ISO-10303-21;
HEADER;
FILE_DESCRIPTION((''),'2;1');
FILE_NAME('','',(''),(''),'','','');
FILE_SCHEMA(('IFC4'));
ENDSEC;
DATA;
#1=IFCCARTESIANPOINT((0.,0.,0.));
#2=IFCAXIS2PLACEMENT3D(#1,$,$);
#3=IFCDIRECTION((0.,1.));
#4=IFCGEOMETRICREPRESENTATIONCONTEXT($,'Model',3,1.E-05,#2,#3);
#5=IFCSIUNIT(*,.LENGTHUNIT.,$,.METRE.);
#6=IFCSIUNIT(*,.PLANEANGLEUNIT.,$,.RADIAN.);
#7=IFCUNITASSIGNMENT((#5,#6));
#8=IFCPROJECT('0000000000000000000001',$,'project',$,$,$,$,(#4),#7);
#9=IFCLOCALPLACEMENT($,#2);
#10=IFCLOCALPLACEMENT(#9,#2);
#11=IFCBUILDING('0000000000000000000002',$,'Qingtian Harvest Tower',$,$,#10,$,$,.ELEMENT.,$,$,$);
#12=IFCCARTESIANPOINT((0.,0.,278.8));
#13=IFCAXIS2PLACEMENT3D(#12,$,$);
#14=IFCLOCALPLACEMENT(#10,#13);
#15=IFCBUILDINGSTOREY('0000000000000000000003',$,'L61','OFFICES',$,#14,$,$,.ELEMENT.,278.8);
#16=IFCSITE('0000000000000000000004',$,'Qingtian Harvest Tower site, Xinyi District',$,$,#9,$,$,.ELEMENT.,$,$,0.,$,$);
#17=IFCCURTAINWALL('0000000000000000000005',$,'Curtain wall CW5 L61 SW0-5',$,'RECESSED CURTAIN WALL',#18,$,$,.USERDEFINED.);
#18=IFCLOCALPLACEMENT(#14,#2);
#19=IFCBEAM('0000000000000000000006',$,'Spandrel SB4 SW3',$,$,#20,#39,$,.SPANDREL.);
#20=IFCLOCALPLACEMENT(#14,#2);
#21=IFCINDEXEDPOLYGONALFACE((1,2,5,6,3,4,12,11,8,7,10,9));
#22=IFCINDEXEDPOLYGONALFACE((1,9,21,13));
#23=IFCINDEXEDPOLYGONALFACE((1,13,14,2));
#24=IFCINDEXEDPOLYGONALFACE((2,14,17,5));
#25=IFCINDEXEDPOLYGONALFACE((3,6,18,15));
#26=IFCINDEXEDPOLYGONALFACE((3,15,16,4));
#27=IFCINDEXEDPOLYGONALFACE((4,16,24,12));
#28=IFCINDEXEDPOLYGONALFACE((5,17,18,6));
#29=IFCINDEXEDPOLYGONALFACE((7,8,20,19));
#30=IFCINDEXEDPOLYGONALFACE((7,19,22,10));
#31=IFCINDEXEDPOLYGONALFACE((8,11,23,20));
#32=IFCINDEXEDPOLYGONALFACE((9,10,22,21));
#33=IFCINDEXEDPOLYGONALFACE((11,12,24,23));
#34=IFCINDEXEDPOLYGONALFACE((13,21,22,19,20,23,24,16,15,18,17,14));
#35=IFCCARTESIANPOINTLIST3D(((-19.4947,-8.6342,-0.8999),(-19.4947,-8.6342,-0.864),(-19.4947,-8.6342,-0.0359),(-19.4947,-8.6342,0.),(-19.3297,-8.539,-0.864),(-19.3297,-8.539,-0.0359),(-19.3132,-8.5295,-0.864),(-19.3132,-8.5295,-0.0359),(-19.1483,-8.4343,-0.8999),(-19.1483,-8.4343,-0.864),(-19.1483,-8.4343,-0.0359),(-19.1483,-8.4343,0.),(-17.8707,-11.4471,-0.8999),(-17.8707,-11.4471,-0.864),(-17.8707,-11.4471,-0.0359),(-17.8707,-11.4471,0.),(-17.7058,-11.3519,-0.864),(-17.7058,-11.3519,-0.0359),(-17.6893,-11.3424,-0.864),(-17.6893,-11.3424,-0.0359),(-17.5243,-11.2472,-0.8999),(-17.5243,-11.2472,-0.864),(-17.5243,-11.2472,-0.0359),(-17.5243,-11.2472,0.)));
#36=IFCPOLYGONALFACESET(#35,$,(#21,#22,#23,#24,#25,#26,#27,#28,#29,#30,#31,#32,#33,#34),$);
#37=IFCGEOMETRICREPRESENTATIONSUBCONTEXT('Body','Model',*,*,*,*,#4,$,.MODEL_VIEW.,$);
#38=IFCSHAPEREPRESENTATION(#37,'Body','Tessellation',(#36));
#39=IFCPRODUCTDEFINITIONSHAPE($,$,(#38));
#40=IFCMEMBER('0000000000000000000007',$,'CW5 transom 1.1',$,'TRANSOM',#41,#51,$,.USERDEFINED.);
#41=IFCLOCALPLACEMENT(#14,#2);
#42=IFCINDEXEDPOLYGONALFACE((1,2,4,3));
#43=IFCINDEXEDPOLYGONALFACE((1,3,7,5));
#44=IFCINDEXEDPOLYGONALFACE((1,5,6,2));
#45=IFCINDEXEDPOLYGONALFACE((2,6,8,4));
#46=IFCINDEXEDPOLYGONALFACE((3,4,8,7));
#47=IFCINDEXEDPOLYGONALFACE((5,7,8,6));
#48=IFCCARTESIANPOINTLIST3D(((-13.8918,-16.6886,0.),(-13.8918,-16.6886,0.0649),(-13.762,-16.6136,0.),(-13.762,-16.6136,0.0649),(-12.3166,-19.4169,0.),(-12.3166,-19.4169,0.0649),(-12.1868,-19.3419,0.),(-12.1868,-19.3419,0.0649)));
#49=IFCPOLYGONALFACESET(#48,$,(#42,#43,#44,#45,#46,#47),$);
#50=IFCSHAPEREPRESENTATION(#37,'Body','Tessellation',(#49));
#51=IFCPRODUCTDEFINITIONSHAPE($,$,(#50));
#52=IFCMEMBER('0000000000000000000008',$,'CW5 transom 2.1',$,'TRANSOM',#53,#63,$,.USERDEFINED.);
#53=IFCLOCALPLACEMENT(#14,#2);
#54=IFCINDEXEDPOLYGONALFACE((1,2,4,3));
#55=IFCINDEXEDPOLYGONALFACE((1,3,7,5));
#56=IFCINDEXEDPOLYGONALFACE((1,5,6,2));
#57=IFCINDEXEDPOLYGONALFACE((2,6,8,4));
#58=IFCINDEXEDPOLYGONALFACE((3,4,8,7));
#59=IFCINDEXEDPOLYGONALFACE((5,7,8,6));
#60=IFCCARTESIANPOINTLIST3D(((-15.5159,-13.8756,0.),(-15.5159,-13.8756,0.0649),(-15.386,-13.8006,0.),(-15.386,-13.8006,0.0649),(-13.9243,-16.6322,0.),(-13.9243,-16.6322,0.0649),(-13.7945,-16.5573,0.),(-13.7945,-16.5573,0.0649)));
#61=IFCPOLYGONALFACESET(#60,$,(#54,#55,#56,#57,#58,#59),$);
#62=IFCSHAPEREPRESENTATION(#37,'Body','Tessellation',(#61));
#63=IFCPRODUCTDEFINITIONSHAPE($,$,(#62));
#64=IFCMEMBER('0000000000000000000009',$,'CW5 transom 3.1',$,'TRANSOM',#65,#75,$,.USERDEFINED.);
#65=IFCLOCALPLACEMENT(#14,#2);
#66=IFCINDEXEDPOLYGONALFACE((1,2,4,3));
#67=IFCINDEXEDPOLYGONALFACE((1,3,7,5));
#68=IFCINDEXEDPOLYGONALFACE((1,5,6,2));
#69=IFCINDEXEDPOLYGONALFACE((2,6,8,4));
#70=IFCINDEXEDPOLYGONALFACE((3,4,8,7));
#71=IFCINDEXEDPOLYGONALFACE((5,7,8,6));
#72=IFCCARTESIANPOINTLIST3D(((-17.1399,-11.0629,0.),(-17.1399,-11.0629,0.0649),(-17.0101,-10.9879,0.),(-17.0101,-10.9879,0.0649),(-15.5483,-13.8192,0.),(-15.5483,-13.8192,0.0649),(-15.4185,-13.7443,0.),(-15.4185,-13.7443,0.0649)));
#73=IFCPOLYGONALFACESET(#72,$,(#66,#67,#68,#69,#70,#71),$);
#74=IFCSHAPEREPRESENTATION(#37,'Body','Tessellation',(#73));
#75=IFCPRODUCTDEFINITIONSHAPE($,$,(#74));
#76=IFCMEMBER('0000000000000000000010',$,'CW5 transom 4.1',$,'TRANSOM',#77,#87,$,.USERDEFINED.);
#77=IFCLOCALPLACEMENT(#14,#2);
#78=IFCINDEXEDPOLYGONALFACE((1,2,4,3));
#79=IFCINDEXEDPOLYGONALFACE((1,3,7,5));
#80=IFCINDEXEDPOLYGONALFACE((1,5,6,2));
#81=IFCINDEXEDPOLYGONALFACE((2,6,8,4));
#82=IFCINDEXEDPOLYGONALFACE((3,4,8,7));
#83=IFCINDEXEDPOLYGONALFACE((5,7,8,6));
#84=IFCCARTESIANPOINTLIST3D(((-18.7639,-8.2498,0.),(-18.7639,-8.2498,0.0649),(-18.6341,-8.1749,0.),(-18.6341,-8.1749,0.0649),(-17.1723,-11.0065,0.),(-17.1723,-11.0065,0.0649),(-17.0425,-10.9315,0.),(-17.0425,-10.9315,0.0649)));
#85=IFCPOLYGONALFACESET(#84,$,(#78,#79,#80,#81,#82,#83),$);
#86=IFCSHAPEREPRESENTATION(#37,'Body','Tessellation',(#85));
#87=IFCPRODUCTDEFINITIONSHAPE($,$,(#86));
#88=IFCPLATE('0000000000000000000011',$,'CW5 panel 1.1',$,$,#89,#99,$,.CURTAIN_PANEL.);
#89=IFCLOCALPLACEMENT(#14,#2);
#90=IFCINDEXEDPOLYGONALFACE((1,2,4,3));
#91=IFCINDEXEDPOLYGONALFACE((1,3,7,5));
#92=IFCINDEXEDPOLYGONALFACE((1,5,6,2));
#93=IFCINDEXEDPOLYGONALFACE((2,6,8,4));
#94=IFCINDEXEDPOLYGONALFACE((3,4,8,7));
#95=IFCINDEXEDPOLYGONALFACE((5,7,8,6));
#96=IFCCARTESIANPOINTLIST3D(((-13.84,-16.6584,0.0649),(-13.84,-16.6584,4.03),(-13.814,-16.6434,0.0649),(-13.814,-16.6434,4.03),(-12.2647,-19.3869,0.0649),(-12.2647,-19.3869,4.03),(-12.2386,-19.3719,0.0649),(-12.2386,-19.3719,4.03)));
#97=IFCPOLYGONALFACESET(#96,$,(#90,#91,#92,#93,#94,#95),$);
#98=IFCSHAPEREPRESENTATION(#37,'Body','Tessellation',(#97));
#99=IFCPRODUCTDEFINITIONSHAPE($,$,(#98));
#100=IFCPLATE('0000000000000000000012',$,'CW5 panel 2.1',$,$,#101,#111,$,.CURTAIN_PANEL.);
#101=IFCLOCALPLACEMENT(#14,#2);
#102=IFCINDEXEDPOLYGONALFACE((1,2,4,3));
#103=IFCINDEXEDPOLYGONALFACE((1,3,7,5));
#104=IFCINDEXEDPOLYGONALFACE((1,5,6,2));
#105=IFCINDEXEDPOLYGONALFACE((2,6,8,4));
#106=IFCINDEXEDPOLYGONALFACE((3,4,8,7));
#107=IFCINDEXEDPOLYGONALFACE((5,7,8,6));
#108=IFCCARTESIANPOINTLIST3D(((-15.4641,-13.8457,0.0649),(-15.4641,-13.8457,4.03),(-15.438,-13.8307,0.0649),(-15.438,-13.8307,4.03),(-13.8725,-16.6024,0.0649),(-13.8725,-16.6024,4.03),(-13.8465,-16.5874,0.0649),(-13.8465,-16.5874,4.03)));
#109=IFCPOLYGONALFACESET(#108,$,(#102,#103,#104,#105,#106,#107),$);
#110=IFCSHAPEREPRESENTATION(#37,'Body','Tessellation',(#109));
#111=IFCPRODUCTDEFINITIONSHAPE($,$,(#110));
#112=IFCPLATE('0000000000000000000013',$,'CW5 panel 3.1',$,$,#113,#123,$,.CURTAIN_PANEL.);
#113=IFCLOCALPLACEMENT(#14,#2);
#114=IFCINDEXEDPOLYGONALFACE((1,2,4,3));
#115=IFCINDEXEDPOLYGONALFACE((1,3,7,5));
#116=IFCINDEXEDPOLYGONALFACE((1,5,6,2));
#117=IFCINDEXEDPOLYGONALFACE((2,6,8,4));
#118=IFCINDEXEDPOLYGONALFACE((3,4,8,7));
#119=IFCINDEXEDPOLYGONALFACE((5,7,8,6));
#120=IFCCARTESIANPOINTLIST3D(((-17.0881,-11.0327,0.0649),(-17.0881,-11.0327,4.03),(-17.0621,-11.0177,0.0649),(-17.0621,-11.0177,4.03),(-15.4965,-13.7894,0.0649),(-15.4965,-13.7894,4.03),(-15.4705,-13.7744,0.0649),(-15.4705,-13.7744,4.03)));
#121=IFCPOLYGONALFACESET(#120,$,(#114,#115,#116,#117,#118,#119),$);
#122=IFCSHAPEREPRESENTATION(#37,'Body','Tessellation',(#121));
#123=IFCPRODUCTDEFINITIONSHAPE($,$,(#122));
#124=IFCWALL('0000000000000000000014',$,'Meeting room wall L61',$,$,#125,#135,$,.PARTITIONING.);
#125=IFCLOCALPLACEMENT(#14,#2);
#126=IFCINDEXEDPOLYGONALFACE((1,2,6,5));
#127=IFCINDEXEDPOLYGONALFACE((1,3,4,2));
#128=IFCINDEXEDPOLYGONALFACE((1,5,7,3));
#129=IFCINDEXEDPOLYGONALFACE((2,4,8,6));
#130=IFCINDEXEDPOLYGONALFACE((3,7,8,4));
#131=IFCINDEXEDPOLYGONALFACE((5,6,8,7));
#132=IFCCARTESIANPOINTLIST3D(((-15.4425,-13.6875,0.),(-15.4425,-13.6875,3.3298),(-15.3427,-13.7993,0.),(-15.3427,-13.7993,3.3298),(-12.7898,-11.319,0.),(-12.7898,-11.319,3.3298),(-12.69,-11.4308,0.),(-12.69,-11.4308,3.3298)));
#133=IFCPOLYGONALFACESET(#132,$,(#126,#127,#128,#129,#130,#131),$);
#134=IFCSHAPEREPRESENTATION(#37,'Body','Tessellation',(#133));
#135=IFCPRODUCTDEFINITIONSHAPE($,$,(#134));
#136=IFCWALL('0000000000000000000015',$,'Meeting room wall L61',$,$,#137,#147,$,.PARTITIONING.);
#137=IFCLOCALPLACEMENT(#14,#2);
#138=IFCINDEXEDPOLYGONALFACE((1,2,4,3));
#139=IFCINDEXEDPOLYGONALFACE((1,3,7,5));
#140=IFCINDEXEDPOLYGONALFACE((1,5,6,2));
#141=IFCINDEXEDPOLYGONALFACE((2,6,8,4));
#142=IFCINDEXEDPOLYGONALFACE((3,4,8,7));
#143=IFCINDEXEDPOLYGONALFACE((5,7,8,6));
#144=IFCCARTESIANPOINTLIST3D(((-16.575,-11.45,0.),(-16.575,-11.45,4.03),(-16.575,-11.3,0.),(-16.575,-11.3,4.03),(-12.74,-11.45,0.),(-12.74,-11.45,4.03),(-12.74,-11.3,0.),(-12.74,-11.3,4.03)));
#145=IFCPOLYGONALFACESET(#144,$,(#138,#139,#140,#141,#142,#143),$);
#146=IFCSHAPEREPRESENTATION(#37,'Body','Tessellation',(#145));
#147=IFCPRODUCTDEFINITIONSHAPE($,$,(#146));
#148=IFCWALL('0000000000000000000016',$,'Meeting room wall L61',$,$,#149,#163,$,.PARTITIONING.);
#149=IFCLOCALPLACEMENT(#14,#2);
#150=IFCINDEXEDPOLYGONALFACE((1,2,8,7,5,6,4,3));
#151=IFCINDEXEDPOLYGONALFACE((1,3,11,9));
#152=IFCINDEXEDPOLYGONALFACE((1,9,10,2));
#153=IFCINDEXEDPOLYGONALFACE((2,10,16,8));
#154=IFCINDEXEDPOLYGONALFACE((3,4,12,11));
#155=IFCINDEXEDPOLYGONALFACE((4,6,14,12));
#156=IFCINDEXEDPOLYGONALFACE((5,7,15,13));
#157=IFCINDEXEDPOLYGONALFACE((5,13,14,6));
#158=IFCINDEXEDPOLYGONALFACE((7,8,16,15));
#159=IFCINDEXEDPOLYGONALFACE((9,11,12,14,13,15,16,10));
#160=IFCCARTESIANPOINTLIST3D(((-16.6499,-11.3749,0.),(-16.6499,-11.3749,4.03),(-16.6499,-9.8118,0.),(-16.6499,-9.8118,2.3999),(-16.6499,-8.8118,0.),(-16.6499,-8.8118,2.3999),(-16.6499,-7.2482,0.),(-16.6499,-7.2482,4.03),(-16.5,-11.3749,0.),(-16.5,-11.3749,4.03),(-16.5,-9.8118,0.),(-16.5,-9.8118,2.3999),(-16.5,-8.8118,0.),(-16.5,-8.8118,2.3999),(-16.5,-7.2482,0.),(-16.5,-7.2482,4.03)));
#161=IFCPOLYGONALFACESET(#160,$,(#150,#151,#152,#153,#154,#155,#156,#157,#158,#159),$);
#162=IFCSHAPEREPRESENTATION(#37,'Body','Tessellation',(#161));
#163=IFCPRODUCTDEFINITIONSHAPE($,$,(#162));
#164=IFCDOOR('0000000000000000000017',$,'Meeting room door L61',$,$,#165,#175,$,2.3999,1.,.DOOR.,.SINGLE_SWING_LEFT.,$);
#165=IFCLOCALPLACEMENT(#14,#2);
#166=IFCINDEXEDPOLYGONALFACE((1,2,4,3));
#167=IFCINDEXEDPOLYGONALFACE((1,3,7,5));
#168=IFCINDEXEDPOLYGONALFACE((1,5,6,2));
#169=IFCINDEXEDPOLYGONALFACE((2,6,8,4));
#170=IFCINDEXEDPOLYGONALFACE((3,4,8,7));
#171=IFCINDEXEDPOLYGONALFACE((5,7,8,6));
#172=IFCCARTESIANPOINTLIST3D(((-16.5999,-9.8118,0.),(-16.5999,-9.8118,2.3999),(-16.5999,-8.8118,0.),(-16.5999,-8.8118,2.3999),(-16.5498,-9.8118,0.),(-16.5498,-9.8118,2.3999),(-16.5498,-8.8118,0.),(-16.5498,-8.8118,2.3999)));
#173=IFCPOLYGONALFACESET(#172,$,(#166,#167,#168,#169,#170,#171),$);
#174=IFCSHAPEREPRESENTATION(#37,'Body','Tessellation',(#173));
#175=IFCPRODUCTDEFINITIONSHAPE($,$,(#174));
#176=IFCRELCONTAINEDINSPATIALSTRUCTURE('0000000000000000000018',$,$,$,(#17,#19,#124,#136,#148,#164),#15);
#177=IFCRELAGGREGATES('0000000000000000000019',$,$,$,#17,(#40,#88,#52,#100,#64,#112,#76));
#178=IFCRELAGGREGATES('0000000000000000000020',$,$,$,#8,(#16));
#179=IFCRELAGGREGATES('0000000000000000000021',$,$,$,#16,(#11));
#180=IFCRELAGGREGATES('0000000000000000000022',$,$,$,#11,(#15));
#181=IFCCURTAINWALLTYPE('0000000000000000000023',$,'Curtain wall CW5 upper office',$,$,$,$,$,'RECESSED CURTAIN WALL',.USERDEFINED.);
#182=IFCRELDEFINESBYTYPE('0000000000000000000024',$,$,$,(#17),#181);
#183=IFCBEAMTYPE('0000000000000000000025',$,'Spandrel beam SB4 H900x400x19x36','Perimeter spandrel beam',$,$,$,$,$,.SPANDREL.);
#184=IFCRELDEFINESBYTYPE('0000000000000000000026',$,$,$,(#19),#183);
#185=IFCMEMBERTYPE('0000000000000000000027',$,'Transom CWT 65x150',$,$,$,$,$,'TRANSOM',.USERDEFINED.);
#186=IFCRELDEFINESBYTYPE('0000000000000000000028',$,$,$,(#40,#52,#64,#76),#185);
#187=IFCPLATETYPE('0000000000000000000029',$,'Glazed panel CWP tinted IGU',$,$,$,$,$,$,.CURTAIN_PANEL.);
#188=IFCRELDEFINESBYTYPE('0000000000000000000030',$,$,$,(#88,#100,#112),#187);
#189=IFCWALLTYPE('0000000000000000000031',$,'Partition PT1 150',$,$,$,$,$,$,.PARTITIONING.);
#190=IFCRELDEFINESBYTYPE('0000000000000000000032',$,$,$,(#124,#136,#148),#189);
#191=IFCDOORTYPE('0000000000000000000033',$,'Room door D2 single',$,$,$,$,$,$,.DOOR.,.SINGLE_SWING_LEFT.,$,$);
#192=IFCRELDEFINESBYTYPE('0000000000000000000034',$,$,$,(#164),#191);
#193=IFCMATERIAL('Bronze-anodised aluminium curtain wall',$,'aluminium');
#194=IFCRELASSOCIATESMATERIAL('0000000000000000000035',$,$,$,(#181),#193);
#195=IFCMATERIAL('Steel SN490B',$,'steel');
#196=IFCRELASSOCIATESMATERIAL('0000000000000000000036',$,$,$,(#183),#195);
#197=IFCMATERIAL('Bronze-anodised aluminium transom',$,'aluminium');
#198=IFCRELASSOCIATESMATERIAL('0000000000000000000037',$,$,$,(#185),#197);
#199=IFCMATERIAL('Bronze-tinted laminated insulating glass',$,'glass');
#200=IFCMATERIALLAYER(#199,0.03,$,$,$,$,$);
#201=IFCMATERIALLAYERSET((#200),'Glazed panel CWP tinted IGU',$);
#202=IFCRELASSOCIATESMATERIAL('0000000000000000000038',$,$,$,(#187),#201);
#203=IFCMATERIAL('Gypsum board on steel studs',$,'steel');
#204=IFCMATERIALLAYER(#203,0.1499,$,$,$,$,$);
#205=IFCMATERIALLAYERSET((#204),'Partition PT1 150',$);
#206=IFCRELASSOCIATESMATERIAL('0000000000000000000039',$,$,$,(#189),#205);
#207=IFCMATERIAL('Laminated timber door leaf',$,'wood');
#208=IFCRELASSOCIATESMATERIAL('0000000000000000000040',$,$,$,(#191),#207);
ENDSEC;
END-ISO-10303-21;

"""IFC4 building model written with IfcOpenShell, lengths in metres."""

from ifc_helpers import new_model, si_unit, direction, frame, frame_2d, origin, origin_2d, place, context, subcontext, project, spatial, rectangle, i_section, extrude, material, layer, layer_set, material_profile, profile_set, type_object, element, fill, aggregate, save


model = new_model("IFC4")

# Units and contexts
model_context = context("Model", 3, precision=1e-05, world=origin(), true_north=direction((0.0, 1.0)))
body_context = subcontext(model_context, "Body", "Model", "MODEL_VIEW")
ifc_project = project(units=[si_unit("LENGTHUNIT", "METRE"), si_unit("PLANEANGLEUNIT", "RADIAN")], contexts=[model_context])

# Site, building, storey
site_placement = place(None, origin())
site = spatial("IfcSite", under=ifc_project, at=site_placement, Name="Qingtian Harvest Tower site, Xinyi District", CompositionType="ELEMENT", RefElevation=0.0)
building_placement = place(site_placement, origin())
building = spatial("IfcBuilding", under=site, at=building_placement, Name="Qingtian Harvest Tower", CompositionType="ELEMENT")
storey_placement = place(building_placement, frame((0.0, 0.0, 278.8)))
storey = spatial("IfcBuildingStorey", under=building, at=storey_placement, Name="L61", Description="OFFICES", CompositionType="ELEMENT", Elevation=278.8)

# Curtain wall
ifc_material_1 = material(Name="Bronze-anodised aluminium curtain wall", Category="aluminium")
curtain_wall_type = type_object("IfcCurtainWallType", Name="Curtain wall CW5 upper office", ElementType="RECESSED CURTAIN WALL", PredefinedType="USERDEFINED", material=ifc_material_1)
curtain_wall_placement = place(storey_placement, origin())
curtain_wall = element("IfcCurtainWall", 1, at=curtain_wall_placement, inside=storey, type_object=curtain_wall_type, Name="Curtain wall CW5 L61 SW0-5", ObjectType="RECESSED CURTAIN WALL", PredefinedType="USERDEFINED")

# Beam
ifc_material_2 = material(Name="Steel SN490B", Category="steel")
ifc_material_profile_1 = material_profile(ifc_material_2, i_section(OverallWidth=0.3999, OverallDepth=0.8999, WebThickness=0.019, FlangeThickness=0.0359, at=origin_2d()), Name="H900x400x19x36")
ifc_profile_set_1 = profile_set([ifc_material_profile_1], Name="Steel SN490B")
beam_type_1 = type_object("IfcBeamType", Name="Spandrel beam SB4 H900x400x19x36", Description="Perimeter spandrel beam", PredefinedType="SPANDREL", material=ifc_profile_set_1)
beam_1_placement = place(storey_placement, frame((-17.6975, -11.3472, -0.45), z_axis=(-0.499987, 0.866033, 0.0), x_axis=(-0.866033, -0.499987, 0.0)))
element("IfcBeam", 2, at=beam_1_placement, inside=storey, type_object=beam_type_1, Name="Spandrel SB4 SW3", PredefinedType="SPANDREL", context=body_context, shape_type="SweptSolid", body=[
    extrude(i_section(OverallWidth=0.3999, OverallDepth=0.8999, WebThickness=0.019, FlangeThickness=0.0359, at=origin_2d()), origin(), (0.0, 0.0, 1.0), 3.248),
])

# Members
ifc_material_3 = material(Name="Bronze-anodised aluminium transom", Category="aluminium")
ifc_material_profile_2 = material_profile(ifc_material_3, rectangle(XDim=0.1499, YDim=0.0649, at=origin_2d()), Name="AL 65x150")
ifc_profile_set_2 = profile_set([ifc_material_profile_2], Name="Bronze-anodised aluminium transom")
member_type_1 = type_object("IfcMemberType", Name="Transom CWT 65x150", ElementType="TRANSOM", PredefinedType="USERDEFINED", material=ifc_profile_set_2)
member_1_placement = place(storey_placement, frame((-12.2517, -19.3794, 0.0325), z_axis=(-0.500006, 0.866022, 0.0), x_axis=(-0.866022, -0.500006, 0.0)))
member_1 = element("IfcMember", 3, at=member_1_placement, type_object=member_type_1, Name="CW5 transom 1.1", ObjectType="TRANSOM", PredefinedType="USERDEFINED", context=body_context, shape_type="SweptSolid", body=[
    extrude(rectangle(XDim=0.1499, YDim=0.0649, at=origin_2d()), origin(), (0.0, 0.0, 1.0), 3.1504),
])
member_2_placement = place(storey_placement, frame((-13.8594, -16.5947, 0.0325), z_axis=(-0.500008, 0.866021, 0.0), x_axis=(-0.866021, -0.500008, 0.0)))
member_2 = element("IfcMember", 4, at=member_2_placement, type_object=member_type_1, Name="CW5 transom 2.1", ObjectType="TRANSOM", PredefinedType="USERDEFINED", context=body_context, shape_type="SweptSolid", body=[
    extrude(rectangle(XDim=0.1499, YDim=0.0649, at=origin_2d()), origin(), (0.0, 0.0, 1.0), 3.1831),
])
member_3_placement = place(storey_placement, frame((-15.4834, -13.7817, 0.0325), z_axis=(-0.500041, 0.866002, 0.0), x_axis=(-0.866002, -0.500041, 0.0)))
member_3 = element("IfcMember", 5, at=member_3_placement, type_object=member_type_1, Name="CW5 transom 3.1", ObjectType="TRANSOM", PredefinedType="USERDEFINED", context=body_context, shape_type="SweptSolid", body=[
    extrude(rectangle(XDim=0.1499, YDim=0.0649, at=origin_2d()), origin(), (0.0, 0.0, 1.0), 3.1829),
])
member_4_placement = place(storey_placement, frame((-17.1074, -10.969, 0.0325), z_axis=(-0.500008, 0.866021, 0.0), x_axis=(-0.866021, -0.500008, 0.0)))
member_4 = element("IfcMember", 6, at=member_4_placement, type_object=member_type_1, Name="CW5 transom 4.1", ObjectType="TRANSOM", PredefinedType="USERDEFINED", context=body_context, shape_type="SweptSolid", body=[
    extrude(rectangle(XDim=0.1499, YDim=0.0649, at=origin_2d()), origin(), (0.0, 0.0, 1.0), 3.1831),
])

# Plates
ifc_material_4 = material(Name="Bronze-tinted laminated insulating glass", Category="glass")
ifc_layer_1 = layer(ifc_material_4, 0.03)
ifc_layer_set_1 = layer_set([ifc_layer_1], Name="Glazed panel CWP tinted IGU")
plate_type = type_object("IfcPlateType", Name="Glazed panel CWP tinted IGU", PredefinedType="CURTAIN_PANEL", material=ifc_layer_set_1)
plate_1_placement = place(storey_placement, frame((-13.0393, -18.0151, 0.0649), z_axis=(0.0, 0.0, 1.0), x_axis=(-0.5, 0.866025, 0.0)))
plate_1 = element("IfcPlate", 7, at=plate_1_placement, type_object=plate_type, Name="CW5 panel 1.1", PredefinedType="CURTAIN_PANEL", context=body_context, shape_type="SweptSolid", body=[
    extrude(rectangle(XDim=3.1506, YDim=0.03, at=origin_2d()), origin(), (0.0, 0.0, 1.0), 3.9651),
])
plate_2_placement = place(storey_placement, frame((-14.6553, -15.2166, 0.0649), z_axis=(0.0, 0.0, 1.0), x_axis=(-0.5, 0.866025, 0.0)))
plate_2 = element("IfcPlate", 8, at=plate_2_placement, type_object=plate_type, Name="CW5 panel 2.1", PredefinedType="CURTAIN_PANEL", context=body_context, shape_type="SweptSolid", body=[
    extrude(rectangle(XDim=3.1831, YDim=0.03, at=origin_2d()), origin(), (0.0, 0.0, 1.0), 3.9651),
])
plate_3_placement = place(storey_placement, frame((-16.2793, -12.4036, 0.0649), z_axis=(0.0, 0.0, 1.0), x_axis=(-0.5, 0.866025, 0.0)))
plate_3 = element("IfcPlate", 9, at=plate_3_placement, type_object=plate_type, Name="CW5 panel 3.1", PredefinedType="CURTAIN_PANEL", context=body_context, shape_type="SweptSolid", body=[
    extrude(rectangle(XDim=3.1831, YDim=0.03, at=origin_2d()), origin(), (0.0, 0.0, 1.0), 3.9651),
])
aggregate(curtain_wall, [member_1, plate_1, member_2, plate_2, member_3, plate_3, member_4])

# Walls
ifc_material_5 = material(Name="Gypsum board on steel studs", Category="steel")
ifc_layer_2 = layer(ifc_material_5, 0.1499)
ifc_layer_set_2 = layer_set([ifc_layer_2], Name="Partition PT1 150")
wall_type = type_object("IfcWallType", Name="Partition PT1 150", PredefinedType="PARTITIONING", material=ifc_layer_set_2)
wall_1_placement = place(storey_placement, frame((-15.3926, -13.7434, 0.0), z_axis=(0.0, 0.0, 1.0), x_axis=(0.745934, 0.66602, 0.0)))
element("IfcWall", 10, at=wall_1_placement, inside=storey, type_object=wall_type, Name="Meeting room wall L61", PredefinedType="PARTITIONING", context=body_context, shape_type="SweptSolid", body=[
    extrude(rectangle(XDim=3.5562, YDim=0.1499, at=frame_2d((1.7781, 0.0))), origin(), (0.0, 0.0, 1.0), 3.3298),
])
wall_2_placement = place(storey_placement, frame((-12.74, -11.375, 0.0), z_axis=(0.0, 0.0, 1.0), x_axis=(-1.0, 0.0, 0.0)))
element("IfcWall", 11, at=wall_2_placement, inside=storey, type_object=wall_type, Name="Meeting room wall L61", PredefinedType="PARTITIONING", context=body_context, shape_type="SweptSolid", body=[
    extrude(rectangle(XDim=3.835, YDim=0.1499, at=frame_2d((1.9175, 0.0))), origin(), (0.0, 0.0, 1.0), 4.03),
])

# Wall, opening, door
wall_3_placement = place(storey_placement, frame((-16.575, -11.375, 0.0), z_axis=(0.0, 0.0, 1.0), x_axis=(0.0, 1.0, 0.0)))
wall_3 = element("IfcWall", 12, at=wall_3_placement, inside=storey, type_object=wall_type, Name="Meeting room wall L61", PredefinedType="PARTITIONING", context=body_context, shape_type="SweptSolid", body=[
    extrude(rectangle(XDim=4.1267, YDim=0.1499, at=frame_2d((2.0635, 0.0))), origin(), (0.0, 0.0, 1.0), 4.03),
])
opening_placement = place(wall_3_placement, frame((1.5632, 0.0, 0.0)))
opening = element("IfcOpeningElement", 13, at=opening_placement, cuts=wall_3, PredefinedType="OPENING", context=body_context, shape_type="SweptSolid", body=[
    extrude(rectangle(XDim=1.0, YDim=2.3999, at=frame_2d((0.5, 1.2))), frame((0.0, 0.085, 0.0), z_axis=(0.0, -1.0, 0.0), x_axis=(1.0, 0.0, 0.0)), (0.0, 0.0, 1.0), 0.1699),
])
ifc_material_6 = material(Name="Laminated timber door leaf", Category="wood")
door_type = type_object("IfcDoorType", Name="Room door D2 single", OperationType="SINGLE_SWING_LEFT", PredefinedType="DOOR", material=ifc_material_6)
door_placement = place(opening_placement, origin())
door = element("IfcDoor", 14, at=door_placement, inside=storey, type_object=door_type, Name="Meeting room door L61", OperationType="SINGLE_SWING_LEFT", OverallHeight=2.3999, OverallWidth=1.0, PredefinedType="DOOR", context=body_context, shape_type="SweptSolid", body=[
    extrude(rectangle(XDim=1.0, YDim=2.3999, at=frame_2d((0.5, 1.2))), frame((0.0, 0.0249, 0.0), z_axis=(0.0, -1.0, 0.0), x_axis=(1.0, 0.0, 0.0)), (0.0, 0.0, 1.0), 0.05),
])
fill(opening, door)

save(model, "model.ifc")
